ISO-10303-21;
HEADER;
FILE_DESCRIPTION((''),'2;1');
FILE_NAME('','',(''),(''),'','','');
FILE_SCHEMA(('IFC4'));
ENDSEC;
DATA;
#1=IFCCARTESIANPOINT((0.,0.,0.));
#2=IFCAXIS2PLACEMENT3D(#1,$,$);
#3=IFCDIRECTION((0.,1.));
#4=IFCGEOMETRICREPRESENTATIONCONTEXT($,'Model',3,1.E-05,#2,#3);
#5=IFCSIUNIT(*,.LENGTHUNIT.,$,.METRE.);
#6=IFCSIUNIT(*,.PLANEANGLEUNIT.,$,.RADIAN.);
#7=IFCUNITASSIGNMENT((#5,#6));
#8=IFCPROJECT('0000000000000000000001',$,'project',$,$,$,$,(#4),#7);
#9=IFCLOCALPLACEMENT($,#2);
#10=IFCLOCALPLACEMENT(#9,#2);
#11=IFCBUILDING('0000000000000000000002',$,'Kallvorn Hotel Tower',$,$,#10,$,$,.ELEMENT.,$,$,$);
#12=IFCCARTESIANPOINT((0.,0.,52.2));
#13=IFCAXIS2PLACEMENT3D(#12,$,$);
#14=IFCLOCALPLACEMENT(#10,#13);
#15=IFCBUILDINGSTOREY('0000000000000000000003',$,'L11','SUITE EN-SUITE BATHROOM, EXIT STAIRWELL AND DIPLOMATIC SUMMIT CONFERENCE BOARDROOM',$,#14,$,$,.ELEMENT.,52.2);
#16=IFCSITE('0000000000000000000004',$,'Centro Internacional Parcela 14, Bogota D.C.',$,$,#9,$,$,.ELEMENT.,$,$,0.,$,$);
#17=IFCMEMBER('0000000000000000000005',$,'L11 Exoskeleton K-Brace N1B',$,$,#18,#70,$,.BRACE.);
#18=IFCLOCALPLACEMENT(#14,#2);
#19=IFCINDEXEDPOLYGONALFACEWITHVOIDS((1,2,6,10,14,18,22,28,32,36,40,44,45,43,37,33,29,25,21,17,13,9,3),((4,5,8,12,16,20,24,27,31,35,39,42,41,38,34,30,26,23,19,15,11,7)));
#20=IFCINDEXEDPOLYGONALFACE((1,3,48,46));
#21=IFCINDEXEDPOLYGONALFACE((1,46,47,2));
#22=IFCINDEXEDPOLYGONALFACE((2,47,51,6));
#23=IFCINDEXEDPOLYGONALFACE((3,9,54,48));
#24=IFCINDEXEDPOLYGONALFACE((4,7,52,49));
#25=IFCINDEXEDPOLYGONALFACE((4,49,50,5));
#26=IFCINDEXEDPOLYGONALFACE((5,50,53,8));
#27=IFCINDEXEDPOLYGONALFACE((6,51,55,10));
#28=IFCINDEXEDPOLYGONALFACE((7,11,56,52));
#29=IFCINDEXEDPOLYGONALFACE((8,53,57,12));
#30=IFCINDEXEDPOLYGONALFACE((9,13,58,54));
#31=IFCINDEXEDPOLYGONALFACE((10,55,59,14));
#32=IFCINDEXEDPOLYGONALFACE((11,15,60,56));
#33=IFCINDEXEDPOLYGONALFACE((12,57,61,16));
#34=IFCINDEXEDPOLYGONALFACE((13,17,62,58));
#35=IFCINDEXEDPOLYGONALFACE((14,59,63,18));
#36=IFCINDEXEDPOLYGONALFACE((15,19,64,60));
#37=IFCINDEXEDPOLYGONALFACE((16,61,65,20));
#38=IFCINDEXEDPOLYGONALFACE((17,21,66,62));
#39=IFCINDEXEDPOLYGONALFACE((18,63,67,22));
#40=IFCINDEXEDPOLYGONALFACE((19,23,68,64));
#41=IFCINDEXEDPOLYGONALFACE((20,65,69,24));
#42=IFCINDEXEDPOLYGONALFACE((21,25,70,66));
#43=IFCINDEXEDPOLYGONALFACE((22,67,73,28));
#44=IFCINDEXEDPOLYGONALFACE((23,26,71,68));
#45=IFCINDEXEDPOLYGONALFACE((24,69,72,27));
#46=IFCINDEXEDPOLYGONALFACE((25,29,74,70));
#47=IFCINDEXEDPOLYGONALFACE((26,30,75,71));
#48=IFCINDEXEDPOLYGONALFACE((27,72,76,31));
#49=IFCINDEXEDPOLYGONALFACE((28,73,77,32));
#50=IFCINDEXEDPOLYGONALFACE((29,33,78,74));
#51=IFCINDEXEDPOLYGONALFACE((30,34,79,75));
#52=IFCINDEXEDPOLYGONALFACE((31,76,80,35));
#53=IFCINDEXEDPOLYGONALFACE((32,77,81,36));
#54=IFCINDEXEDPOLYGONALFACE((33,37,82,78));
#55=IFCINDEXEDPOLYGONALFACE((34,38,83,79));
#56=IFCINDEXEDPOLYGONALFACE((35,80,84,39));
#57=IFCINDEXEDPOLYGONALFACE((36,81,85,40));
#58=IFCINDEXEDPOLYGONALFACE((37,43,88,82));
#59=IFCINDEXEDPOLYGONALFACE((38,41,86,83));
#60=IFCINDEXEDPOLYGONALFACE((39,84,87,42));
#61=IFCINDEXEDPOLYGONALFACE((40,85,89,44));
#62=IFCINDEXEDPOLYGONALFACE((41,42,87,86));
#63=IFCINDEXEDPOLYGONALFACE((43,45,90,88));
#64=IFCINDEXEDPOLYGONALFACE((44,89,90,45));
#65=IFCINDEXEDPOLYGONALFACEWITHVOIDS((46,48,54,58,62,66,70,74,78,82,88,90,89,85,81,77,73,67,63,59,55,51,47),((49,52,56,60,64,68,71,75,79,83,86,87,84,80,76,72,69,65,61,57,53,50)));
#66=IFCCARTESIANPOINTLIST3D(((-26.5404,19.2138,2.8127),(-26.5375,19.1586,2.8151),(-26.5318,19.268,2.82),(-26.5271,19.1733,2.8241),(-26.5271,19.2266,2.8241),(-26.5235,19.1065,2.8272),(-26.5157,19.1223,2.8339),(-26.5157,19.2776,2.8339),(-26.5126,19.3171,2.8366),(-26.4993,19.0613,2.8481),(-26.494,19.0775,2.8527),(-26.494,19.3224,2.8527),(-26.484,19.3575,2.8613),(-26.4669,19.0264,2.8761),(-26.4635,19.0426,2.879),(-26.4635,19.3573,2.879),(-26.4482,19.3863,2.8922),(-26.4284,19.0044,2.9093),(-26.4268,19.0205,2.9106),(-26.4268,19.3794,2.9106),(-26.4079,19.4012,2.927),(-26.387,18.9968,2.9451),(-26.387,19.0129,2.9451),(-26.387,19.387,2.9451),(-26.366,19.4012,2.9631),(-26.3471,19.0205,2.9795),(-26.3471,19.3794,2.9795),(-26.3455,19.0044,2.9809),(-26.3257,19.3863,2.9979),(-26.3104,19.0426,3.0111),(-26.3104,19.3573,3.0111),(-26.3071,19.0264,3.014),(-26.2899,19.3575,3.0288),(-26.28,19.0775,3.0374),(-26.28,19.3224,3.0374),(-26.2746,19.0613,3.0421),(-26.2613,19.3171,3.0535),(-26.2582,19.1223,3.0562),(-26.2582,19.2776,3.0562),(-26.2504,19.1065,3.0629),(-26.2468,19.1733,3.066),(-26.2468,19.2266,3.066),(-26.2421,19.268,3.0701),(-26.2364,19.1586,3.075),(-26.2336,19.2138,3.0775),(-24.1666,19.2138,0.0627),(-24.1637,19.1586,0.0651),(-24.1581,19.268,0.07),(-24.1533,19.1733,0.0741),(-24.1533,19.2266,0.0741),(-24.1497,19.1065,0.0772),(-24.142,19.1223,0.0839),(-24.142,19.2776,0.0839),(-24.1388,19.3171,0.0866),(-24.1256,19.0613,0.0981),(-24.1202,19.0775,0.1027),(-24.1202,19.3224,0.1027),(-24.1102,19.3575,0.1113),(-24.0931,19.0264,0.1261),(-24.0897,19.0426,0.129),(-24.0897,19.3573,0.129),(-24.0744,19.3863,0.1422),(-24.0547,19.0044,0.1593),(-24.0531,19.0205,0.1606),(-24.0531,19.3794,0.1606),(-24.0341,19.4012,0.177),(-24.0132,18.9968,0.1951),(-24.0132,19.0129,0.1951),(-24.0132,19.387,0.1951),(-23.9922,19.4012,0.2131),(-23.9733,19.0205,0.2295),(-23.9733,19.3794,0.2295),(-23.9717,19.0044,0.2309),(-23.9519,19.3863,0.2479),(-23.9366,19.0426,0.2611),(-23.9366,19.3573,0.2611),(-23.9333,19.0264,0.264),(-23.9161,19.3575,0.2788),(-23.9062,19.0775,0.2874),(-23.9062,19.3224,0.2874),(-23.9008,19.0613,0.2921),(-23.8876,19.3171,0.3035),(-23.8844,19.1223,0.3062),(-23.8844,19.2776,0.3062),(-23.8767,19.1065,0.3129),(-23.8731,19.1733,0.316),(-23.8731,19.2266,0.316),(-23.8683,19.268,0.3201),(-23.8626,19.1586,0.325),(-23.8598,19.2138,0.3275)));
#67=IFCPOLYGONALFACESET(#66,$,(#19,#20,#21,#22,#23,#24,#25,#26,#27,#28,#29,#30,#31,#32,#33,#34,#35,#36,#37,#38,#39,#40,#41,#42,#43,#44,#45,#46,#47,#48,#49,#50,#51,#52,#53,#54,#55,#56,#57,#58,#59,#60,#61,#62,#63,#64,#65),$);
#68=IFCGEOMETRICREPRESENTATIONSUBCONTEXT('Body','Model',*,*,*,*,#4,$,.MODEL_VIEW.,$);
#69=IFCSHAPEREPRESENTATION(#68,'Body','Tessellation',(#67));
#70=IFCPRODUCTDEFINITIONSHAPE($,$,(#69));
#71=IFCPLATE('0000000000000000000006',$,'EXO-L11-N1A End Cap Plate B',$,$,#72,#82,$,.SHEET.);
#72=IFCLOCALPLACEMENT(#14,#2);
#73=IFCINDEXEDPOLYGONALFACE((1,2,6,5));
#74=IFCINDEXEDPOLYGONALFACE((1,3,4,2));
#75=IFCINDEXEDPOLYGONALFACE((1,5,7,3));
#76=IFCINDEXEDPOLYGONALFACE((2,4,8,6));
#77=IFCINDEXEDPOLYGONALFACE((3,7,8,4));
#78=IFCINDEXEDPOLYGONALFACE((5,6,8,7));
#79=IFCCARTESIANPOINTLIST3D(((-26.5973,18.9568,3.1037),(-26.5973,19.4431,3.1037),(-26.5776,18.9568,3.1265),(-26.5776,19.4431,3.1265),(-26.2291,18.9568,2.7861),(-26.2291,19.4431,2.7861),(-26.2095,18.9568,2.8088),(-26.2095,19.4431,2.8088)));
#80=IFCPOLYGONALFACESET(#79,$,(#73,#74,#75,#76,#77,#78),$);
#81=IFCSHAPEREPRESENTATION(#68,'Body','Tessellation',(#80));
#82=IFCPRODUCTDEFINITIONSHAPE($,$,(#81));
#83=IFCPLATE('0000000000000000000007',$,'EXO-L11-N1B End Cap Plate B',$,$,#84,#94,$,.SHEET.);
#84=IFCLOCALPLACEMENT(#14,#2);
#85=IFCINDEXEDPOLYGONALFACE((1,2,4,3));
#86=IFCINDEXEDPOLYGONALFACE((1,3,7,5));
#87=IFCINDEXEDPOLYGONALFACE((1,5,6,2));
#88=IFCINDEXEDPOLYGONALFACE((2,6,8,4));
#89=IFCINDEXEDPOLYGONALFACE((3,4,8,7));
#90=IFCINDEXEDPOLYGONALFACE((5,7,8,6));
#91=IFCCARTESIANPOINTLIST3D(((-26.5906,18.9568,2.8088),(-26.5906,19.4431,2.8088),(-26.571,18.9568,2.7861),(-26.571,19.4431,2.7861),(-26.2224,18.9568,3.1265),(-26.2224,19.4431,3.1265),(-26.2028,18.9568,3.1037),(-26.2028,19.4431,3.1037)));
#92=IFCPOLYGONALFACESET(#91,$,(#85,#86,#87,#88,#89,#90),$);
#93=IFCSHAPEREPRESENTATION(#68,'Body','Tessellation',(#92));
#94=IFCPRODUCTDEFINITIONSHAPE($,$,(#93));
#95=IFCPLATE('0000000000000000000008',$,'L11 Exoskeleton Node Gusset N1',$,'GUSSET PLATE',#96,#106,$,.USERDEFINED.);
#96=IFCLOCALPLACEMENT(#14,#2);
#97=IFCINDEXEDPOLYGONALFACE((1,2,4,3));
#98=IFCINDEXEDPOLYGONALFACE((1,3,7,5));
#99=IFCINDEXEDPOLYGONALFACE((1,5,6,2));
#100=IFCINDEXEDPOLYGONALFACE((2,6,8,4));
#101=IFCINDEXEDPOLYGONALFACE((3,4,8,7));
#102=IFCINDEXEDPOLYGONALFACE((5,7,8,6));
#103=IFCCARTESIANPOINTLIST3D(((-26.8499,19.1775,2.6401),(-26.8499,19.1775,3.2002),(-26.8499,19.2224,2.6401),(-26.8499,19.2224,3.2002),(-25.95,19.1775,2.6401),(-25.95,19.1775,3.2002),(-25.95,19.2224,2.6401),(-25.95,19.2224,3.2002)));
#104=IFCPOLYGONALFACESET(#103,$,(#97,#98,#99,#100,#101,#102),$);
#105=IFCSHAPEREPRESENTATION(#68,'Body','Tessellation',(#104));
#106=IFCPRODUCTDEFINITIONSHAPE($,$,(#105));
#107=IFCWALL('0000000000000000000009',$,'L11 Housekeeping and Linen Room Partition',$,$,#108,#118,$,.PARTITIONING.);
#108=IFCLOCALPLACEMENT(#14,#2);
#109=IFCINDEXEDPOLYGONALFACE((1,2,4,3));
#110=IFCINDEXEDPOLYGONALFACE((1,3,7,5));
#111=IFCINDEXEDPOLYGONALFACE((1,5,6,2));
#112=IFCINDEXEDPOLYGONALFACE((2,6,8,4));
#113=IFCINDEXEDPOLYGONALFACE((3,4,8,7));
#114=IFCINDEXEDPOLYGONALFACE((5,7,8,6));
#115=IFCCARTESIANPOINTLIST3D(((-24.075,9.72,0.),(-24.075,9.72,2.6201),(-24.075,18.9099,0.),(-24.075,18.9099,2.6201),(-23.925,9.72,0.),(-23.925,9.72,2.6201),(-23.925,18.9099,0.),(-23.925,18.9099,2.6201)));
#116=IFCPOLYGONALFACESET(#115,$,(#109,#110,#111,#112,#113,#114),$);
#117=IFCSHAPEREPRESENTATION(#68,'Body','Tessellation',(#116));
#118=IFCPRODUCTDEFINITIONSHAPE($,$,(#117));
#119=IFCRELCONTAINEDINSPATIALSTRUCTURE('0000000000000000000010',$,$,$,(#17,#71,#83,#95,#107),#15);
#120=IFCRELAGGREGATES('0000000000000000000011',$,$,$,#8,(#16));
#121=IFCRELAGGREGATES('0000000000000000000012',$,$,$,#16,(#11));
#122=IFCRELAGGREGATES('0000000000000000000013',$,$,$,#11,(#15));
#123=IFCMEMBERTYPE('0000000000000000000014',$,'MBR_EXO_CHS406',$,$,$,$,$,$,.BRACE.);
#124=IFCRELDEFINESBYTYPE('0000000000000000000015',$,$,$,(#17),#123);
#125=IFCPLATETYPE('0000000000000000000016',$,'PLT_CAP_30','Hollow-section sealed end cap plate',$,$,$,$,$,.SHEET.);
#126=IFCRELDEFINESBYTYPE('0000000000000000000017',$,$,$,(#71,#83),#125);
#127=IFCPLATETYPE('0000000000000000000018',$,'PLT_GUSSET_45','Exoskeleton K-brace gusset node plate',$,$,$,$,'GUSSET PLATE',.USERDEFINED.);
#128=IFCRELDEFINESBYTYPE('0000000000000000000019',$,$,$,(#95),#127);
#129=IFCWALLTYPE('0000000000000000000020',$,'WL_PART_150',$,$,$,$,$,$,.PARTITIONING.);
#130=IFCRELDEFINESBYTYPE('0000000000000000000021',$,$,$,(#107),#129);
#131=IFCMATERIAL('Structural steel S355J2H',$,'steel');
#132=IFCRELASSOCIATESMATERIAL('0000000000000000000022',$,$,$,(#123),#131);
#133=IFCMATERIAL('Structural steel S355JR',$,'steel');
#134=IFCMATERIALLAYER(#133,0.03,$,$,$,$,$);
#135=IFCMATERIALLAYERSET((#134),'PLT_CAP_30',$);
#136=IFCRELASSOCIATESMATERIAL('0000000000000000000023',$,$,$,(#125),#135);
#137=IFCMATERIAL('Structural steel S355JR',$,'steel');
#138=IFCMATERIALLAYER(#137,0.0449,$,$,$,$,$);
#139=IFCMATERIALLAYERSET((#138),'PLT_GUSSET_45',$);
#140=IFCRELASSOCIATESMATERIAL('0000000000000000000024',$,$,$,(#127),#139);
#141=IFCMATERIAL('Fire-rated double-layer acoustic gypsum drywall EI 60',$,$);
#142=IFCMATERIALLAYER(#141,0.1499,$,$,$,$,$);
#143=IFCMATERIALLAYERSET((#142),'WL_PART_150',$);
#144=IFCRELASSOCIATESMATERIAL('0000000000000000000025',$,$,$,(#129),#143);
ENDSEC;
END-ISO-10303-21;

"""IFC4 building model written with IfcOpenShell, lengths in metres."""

from ifc_helpers import new_model, si_unit, direction, frame, frame_2d, origin, origin_2d, place, context, subcontext, project, spatial, polyline, rectangle, hollow_circle, outline, extrude, material, layer, layer_set, material_profile, profile_set, type_object, element, save


model = new_model("IFC4")

# Units and contexts
model_context = context("Model", 3, precision=1e-05, world=origin(), true_north=direction((0.0, 1.0)))
body_context = subcontext(model_context, "Body", "Model", "MODEL_VIEW")
ifc_project = project(units=[si_unit("LENGTHUNIT", "METRE"), si_unit("PLANEANGLEUNIT", "RADIAN")], contexts=[model_context])

# Site, building, storey
site_placement = place(None, origin())
site = spatial("IfcSite", under=ifc_project, at=site_placement, Name="Centro Internacional Parcela 14, Bogota D.C.", CompositionType="ELEMENT", RefElevation=0.0)
building_placement = place(site_placement, origin())
building = spatial("IfcBuilding", under=site, at=building_placement, Name="Kallvorn Hotel Tower", CompositionType="ELEMENT")
storey_placement = place(building_placement, frame((0.0, 0.0, 52.2)))
storey = spatial("IfcBuildingStorey", under=building, at=storey_placement, Name="L11", Description="SUITE EN-SUITE BATHROOM, EXIT STAIRWELL AND DIPLOMATIC SUMMIT CONFERENCE BOARDROOM", CompositionType="ELEMENT", Elevation=52.2)

# Member
ifc_material_1 = material(Name="Structural steel S355J2H", Category="steel")
ifc_material_profile_1 = material_profile(ifc_material_1, hollow_circle(Radius=0.2031, WallThickness=0.0161, at=origin_2d()), Name="CHS 406.4x16")
ifc_profile_set_1 = profile_set([ifc_material_profile_1], Name="Structural steel S355J2H")
member_type = type_object("IfcMemberType", Name="MBR_EXO_CHS406", PredefinedType="BRACE", material=ifc_profile_set_1)
for number, where, z_axis, x_axis, name in (
    (1, (-24.0132, 19.2, 0.1951), (-0.653427, 0.0, 0.756989), (0.0, -1.0, 0.0), "L11 Exoskeleton K-Brace N1B"),
):
    element("IfcMember", number, at=place(storey_placement, frame(where, z_axis=z_axis, x_axis=x_axis)), inside=storey, type_object=member_type, Name=name, PredefinedType="BRACE", context=body_context, shape_type="SweptSolid", body=[
        extrude(hollow_circle(Radius=0.2031, WallThickness=0.0161, at=origin_2d()), origin(), (0.0, 0.0, 1.0), 3.6328),
    ])

# Plates
ifc_material_2 = material(Name="Structural steel S355JR", Category="steel")
ifc_layer_1 = layer(ifc_material_2, 0.03)
ifc_layer_set_1 = layer_set([ifc_layer_1], Name="PLT_CAP_30")
plate_type_1 = type_object("IfcPlateType", Name="PLT_CAP_30", Description="Hollow-section sealed end cap plate", PredefinedType="SHEET", material=ifc_layer_set_1)
for number, where, z_axis, x_axis, name in (
    (2, (-26.2095, 18.9568, 2.8088), (0.653228, 0.0, 0.757162), (0.0, 1.0, 0.0), "EXO-L11-N1A End Cap Plate B"),
    (3, (-26.5906, 19.4431, 2.8088), (-0.653228, 0.0, 0.757162), (0.0, -1.0, 0.0), "EXO-L11-N1B End Cap Plate B"),
):
    element("IfcPlate", number, at=place(storey_placement, frame(where, z_axis=z_axis, x_axis=x_axis)), inside=storey, type_object=plate_type_1, Name=name, PredefinedType="SHEET", context=body_context, shape_type="SweptSolid", body=[
        extrude(outline(polyline([(0.0, 0.0), (0.4863, 0.0), (0.4863, 0.4862), (0.0, 0.4862), (0.0, 0.0)])), origin(), (0.0, 0.0, -1.0), 0.03),
    ])
ifc_material_3 = material(Name="Structural steel S355JR", Category="steel")
ifc_layer_2 = layer(ifc_material_3, 0.0449)
ifc_layer_set_2 = layer_set([ifc_layer_2], Name="PLT_GUSSET_45")
plate_type_2 = type_object("IfcPlateType", Name="PLT_GUSSET_45", Description="Exoskeleton K-brace gusset node plate", ElementType="GUSSET PLATE", PredefinedType="USERDEFINED", material=ifc_layer_set_2)
plate_placement = place(storey_placement, frame((-26.3999, 19.2, 2.6401), z_axis=(0.0, 0.0, 1.0), x_axis=(1.0, 0.0, 0.0)))
element("IfcPlate", 4, at=plate_placement, inside=storey, type_object=plate_type_2, Name="L11 Exoskeleton Node Gusset N1", ObjectType="GUSSET PLATE", PredefinedType="USERDEFINED", context=body_context, shape_type="SweptSolid", body=[
    extrude(rectangle(XDim=0.8999, YDim=0.0449, at=origin_2d()), origin(), (0.0, 0.0, 1.0), 0.5601),
])

# Wall
ifc_material_4 = material(Name="Fire-rated double-layer acoustic gypsum drywall EI 60")
ifc_layer_3 = layer(ifc_material_4, 0.1499)
ifc_layer_set_3 = layer_set([ifc_layer_3], Name="WL_PART_150")
wall_type = type_object("IfcWallType", Name="WL_PART_150", PredefinedType="PARTITIONING", material=ifc_layer_set_3)
wall_placement = place(storey_placement, frame((-24.0, 9.72, 0.0), z_axis=(0.0, 0.0, 1.0), x_axis=(0.0, 1.0, 0.0)))
element("IfcWall", 5, at=wall_placement, inside=storey, type_object=wall_type, Name="L11 Housekeeping and Linen Room Partition", PredefinedType="PARTITIONING", context=body_context, shape_type="SweptSolid", body=[
    extrude(rectangle(XDim=9.1899, YDim=0.1499, at=frame_2d((4.595, 0.0))), origin(), (0.0, 0.0, 1.0), 2.6201),
])

save(model, "model.ifc")
